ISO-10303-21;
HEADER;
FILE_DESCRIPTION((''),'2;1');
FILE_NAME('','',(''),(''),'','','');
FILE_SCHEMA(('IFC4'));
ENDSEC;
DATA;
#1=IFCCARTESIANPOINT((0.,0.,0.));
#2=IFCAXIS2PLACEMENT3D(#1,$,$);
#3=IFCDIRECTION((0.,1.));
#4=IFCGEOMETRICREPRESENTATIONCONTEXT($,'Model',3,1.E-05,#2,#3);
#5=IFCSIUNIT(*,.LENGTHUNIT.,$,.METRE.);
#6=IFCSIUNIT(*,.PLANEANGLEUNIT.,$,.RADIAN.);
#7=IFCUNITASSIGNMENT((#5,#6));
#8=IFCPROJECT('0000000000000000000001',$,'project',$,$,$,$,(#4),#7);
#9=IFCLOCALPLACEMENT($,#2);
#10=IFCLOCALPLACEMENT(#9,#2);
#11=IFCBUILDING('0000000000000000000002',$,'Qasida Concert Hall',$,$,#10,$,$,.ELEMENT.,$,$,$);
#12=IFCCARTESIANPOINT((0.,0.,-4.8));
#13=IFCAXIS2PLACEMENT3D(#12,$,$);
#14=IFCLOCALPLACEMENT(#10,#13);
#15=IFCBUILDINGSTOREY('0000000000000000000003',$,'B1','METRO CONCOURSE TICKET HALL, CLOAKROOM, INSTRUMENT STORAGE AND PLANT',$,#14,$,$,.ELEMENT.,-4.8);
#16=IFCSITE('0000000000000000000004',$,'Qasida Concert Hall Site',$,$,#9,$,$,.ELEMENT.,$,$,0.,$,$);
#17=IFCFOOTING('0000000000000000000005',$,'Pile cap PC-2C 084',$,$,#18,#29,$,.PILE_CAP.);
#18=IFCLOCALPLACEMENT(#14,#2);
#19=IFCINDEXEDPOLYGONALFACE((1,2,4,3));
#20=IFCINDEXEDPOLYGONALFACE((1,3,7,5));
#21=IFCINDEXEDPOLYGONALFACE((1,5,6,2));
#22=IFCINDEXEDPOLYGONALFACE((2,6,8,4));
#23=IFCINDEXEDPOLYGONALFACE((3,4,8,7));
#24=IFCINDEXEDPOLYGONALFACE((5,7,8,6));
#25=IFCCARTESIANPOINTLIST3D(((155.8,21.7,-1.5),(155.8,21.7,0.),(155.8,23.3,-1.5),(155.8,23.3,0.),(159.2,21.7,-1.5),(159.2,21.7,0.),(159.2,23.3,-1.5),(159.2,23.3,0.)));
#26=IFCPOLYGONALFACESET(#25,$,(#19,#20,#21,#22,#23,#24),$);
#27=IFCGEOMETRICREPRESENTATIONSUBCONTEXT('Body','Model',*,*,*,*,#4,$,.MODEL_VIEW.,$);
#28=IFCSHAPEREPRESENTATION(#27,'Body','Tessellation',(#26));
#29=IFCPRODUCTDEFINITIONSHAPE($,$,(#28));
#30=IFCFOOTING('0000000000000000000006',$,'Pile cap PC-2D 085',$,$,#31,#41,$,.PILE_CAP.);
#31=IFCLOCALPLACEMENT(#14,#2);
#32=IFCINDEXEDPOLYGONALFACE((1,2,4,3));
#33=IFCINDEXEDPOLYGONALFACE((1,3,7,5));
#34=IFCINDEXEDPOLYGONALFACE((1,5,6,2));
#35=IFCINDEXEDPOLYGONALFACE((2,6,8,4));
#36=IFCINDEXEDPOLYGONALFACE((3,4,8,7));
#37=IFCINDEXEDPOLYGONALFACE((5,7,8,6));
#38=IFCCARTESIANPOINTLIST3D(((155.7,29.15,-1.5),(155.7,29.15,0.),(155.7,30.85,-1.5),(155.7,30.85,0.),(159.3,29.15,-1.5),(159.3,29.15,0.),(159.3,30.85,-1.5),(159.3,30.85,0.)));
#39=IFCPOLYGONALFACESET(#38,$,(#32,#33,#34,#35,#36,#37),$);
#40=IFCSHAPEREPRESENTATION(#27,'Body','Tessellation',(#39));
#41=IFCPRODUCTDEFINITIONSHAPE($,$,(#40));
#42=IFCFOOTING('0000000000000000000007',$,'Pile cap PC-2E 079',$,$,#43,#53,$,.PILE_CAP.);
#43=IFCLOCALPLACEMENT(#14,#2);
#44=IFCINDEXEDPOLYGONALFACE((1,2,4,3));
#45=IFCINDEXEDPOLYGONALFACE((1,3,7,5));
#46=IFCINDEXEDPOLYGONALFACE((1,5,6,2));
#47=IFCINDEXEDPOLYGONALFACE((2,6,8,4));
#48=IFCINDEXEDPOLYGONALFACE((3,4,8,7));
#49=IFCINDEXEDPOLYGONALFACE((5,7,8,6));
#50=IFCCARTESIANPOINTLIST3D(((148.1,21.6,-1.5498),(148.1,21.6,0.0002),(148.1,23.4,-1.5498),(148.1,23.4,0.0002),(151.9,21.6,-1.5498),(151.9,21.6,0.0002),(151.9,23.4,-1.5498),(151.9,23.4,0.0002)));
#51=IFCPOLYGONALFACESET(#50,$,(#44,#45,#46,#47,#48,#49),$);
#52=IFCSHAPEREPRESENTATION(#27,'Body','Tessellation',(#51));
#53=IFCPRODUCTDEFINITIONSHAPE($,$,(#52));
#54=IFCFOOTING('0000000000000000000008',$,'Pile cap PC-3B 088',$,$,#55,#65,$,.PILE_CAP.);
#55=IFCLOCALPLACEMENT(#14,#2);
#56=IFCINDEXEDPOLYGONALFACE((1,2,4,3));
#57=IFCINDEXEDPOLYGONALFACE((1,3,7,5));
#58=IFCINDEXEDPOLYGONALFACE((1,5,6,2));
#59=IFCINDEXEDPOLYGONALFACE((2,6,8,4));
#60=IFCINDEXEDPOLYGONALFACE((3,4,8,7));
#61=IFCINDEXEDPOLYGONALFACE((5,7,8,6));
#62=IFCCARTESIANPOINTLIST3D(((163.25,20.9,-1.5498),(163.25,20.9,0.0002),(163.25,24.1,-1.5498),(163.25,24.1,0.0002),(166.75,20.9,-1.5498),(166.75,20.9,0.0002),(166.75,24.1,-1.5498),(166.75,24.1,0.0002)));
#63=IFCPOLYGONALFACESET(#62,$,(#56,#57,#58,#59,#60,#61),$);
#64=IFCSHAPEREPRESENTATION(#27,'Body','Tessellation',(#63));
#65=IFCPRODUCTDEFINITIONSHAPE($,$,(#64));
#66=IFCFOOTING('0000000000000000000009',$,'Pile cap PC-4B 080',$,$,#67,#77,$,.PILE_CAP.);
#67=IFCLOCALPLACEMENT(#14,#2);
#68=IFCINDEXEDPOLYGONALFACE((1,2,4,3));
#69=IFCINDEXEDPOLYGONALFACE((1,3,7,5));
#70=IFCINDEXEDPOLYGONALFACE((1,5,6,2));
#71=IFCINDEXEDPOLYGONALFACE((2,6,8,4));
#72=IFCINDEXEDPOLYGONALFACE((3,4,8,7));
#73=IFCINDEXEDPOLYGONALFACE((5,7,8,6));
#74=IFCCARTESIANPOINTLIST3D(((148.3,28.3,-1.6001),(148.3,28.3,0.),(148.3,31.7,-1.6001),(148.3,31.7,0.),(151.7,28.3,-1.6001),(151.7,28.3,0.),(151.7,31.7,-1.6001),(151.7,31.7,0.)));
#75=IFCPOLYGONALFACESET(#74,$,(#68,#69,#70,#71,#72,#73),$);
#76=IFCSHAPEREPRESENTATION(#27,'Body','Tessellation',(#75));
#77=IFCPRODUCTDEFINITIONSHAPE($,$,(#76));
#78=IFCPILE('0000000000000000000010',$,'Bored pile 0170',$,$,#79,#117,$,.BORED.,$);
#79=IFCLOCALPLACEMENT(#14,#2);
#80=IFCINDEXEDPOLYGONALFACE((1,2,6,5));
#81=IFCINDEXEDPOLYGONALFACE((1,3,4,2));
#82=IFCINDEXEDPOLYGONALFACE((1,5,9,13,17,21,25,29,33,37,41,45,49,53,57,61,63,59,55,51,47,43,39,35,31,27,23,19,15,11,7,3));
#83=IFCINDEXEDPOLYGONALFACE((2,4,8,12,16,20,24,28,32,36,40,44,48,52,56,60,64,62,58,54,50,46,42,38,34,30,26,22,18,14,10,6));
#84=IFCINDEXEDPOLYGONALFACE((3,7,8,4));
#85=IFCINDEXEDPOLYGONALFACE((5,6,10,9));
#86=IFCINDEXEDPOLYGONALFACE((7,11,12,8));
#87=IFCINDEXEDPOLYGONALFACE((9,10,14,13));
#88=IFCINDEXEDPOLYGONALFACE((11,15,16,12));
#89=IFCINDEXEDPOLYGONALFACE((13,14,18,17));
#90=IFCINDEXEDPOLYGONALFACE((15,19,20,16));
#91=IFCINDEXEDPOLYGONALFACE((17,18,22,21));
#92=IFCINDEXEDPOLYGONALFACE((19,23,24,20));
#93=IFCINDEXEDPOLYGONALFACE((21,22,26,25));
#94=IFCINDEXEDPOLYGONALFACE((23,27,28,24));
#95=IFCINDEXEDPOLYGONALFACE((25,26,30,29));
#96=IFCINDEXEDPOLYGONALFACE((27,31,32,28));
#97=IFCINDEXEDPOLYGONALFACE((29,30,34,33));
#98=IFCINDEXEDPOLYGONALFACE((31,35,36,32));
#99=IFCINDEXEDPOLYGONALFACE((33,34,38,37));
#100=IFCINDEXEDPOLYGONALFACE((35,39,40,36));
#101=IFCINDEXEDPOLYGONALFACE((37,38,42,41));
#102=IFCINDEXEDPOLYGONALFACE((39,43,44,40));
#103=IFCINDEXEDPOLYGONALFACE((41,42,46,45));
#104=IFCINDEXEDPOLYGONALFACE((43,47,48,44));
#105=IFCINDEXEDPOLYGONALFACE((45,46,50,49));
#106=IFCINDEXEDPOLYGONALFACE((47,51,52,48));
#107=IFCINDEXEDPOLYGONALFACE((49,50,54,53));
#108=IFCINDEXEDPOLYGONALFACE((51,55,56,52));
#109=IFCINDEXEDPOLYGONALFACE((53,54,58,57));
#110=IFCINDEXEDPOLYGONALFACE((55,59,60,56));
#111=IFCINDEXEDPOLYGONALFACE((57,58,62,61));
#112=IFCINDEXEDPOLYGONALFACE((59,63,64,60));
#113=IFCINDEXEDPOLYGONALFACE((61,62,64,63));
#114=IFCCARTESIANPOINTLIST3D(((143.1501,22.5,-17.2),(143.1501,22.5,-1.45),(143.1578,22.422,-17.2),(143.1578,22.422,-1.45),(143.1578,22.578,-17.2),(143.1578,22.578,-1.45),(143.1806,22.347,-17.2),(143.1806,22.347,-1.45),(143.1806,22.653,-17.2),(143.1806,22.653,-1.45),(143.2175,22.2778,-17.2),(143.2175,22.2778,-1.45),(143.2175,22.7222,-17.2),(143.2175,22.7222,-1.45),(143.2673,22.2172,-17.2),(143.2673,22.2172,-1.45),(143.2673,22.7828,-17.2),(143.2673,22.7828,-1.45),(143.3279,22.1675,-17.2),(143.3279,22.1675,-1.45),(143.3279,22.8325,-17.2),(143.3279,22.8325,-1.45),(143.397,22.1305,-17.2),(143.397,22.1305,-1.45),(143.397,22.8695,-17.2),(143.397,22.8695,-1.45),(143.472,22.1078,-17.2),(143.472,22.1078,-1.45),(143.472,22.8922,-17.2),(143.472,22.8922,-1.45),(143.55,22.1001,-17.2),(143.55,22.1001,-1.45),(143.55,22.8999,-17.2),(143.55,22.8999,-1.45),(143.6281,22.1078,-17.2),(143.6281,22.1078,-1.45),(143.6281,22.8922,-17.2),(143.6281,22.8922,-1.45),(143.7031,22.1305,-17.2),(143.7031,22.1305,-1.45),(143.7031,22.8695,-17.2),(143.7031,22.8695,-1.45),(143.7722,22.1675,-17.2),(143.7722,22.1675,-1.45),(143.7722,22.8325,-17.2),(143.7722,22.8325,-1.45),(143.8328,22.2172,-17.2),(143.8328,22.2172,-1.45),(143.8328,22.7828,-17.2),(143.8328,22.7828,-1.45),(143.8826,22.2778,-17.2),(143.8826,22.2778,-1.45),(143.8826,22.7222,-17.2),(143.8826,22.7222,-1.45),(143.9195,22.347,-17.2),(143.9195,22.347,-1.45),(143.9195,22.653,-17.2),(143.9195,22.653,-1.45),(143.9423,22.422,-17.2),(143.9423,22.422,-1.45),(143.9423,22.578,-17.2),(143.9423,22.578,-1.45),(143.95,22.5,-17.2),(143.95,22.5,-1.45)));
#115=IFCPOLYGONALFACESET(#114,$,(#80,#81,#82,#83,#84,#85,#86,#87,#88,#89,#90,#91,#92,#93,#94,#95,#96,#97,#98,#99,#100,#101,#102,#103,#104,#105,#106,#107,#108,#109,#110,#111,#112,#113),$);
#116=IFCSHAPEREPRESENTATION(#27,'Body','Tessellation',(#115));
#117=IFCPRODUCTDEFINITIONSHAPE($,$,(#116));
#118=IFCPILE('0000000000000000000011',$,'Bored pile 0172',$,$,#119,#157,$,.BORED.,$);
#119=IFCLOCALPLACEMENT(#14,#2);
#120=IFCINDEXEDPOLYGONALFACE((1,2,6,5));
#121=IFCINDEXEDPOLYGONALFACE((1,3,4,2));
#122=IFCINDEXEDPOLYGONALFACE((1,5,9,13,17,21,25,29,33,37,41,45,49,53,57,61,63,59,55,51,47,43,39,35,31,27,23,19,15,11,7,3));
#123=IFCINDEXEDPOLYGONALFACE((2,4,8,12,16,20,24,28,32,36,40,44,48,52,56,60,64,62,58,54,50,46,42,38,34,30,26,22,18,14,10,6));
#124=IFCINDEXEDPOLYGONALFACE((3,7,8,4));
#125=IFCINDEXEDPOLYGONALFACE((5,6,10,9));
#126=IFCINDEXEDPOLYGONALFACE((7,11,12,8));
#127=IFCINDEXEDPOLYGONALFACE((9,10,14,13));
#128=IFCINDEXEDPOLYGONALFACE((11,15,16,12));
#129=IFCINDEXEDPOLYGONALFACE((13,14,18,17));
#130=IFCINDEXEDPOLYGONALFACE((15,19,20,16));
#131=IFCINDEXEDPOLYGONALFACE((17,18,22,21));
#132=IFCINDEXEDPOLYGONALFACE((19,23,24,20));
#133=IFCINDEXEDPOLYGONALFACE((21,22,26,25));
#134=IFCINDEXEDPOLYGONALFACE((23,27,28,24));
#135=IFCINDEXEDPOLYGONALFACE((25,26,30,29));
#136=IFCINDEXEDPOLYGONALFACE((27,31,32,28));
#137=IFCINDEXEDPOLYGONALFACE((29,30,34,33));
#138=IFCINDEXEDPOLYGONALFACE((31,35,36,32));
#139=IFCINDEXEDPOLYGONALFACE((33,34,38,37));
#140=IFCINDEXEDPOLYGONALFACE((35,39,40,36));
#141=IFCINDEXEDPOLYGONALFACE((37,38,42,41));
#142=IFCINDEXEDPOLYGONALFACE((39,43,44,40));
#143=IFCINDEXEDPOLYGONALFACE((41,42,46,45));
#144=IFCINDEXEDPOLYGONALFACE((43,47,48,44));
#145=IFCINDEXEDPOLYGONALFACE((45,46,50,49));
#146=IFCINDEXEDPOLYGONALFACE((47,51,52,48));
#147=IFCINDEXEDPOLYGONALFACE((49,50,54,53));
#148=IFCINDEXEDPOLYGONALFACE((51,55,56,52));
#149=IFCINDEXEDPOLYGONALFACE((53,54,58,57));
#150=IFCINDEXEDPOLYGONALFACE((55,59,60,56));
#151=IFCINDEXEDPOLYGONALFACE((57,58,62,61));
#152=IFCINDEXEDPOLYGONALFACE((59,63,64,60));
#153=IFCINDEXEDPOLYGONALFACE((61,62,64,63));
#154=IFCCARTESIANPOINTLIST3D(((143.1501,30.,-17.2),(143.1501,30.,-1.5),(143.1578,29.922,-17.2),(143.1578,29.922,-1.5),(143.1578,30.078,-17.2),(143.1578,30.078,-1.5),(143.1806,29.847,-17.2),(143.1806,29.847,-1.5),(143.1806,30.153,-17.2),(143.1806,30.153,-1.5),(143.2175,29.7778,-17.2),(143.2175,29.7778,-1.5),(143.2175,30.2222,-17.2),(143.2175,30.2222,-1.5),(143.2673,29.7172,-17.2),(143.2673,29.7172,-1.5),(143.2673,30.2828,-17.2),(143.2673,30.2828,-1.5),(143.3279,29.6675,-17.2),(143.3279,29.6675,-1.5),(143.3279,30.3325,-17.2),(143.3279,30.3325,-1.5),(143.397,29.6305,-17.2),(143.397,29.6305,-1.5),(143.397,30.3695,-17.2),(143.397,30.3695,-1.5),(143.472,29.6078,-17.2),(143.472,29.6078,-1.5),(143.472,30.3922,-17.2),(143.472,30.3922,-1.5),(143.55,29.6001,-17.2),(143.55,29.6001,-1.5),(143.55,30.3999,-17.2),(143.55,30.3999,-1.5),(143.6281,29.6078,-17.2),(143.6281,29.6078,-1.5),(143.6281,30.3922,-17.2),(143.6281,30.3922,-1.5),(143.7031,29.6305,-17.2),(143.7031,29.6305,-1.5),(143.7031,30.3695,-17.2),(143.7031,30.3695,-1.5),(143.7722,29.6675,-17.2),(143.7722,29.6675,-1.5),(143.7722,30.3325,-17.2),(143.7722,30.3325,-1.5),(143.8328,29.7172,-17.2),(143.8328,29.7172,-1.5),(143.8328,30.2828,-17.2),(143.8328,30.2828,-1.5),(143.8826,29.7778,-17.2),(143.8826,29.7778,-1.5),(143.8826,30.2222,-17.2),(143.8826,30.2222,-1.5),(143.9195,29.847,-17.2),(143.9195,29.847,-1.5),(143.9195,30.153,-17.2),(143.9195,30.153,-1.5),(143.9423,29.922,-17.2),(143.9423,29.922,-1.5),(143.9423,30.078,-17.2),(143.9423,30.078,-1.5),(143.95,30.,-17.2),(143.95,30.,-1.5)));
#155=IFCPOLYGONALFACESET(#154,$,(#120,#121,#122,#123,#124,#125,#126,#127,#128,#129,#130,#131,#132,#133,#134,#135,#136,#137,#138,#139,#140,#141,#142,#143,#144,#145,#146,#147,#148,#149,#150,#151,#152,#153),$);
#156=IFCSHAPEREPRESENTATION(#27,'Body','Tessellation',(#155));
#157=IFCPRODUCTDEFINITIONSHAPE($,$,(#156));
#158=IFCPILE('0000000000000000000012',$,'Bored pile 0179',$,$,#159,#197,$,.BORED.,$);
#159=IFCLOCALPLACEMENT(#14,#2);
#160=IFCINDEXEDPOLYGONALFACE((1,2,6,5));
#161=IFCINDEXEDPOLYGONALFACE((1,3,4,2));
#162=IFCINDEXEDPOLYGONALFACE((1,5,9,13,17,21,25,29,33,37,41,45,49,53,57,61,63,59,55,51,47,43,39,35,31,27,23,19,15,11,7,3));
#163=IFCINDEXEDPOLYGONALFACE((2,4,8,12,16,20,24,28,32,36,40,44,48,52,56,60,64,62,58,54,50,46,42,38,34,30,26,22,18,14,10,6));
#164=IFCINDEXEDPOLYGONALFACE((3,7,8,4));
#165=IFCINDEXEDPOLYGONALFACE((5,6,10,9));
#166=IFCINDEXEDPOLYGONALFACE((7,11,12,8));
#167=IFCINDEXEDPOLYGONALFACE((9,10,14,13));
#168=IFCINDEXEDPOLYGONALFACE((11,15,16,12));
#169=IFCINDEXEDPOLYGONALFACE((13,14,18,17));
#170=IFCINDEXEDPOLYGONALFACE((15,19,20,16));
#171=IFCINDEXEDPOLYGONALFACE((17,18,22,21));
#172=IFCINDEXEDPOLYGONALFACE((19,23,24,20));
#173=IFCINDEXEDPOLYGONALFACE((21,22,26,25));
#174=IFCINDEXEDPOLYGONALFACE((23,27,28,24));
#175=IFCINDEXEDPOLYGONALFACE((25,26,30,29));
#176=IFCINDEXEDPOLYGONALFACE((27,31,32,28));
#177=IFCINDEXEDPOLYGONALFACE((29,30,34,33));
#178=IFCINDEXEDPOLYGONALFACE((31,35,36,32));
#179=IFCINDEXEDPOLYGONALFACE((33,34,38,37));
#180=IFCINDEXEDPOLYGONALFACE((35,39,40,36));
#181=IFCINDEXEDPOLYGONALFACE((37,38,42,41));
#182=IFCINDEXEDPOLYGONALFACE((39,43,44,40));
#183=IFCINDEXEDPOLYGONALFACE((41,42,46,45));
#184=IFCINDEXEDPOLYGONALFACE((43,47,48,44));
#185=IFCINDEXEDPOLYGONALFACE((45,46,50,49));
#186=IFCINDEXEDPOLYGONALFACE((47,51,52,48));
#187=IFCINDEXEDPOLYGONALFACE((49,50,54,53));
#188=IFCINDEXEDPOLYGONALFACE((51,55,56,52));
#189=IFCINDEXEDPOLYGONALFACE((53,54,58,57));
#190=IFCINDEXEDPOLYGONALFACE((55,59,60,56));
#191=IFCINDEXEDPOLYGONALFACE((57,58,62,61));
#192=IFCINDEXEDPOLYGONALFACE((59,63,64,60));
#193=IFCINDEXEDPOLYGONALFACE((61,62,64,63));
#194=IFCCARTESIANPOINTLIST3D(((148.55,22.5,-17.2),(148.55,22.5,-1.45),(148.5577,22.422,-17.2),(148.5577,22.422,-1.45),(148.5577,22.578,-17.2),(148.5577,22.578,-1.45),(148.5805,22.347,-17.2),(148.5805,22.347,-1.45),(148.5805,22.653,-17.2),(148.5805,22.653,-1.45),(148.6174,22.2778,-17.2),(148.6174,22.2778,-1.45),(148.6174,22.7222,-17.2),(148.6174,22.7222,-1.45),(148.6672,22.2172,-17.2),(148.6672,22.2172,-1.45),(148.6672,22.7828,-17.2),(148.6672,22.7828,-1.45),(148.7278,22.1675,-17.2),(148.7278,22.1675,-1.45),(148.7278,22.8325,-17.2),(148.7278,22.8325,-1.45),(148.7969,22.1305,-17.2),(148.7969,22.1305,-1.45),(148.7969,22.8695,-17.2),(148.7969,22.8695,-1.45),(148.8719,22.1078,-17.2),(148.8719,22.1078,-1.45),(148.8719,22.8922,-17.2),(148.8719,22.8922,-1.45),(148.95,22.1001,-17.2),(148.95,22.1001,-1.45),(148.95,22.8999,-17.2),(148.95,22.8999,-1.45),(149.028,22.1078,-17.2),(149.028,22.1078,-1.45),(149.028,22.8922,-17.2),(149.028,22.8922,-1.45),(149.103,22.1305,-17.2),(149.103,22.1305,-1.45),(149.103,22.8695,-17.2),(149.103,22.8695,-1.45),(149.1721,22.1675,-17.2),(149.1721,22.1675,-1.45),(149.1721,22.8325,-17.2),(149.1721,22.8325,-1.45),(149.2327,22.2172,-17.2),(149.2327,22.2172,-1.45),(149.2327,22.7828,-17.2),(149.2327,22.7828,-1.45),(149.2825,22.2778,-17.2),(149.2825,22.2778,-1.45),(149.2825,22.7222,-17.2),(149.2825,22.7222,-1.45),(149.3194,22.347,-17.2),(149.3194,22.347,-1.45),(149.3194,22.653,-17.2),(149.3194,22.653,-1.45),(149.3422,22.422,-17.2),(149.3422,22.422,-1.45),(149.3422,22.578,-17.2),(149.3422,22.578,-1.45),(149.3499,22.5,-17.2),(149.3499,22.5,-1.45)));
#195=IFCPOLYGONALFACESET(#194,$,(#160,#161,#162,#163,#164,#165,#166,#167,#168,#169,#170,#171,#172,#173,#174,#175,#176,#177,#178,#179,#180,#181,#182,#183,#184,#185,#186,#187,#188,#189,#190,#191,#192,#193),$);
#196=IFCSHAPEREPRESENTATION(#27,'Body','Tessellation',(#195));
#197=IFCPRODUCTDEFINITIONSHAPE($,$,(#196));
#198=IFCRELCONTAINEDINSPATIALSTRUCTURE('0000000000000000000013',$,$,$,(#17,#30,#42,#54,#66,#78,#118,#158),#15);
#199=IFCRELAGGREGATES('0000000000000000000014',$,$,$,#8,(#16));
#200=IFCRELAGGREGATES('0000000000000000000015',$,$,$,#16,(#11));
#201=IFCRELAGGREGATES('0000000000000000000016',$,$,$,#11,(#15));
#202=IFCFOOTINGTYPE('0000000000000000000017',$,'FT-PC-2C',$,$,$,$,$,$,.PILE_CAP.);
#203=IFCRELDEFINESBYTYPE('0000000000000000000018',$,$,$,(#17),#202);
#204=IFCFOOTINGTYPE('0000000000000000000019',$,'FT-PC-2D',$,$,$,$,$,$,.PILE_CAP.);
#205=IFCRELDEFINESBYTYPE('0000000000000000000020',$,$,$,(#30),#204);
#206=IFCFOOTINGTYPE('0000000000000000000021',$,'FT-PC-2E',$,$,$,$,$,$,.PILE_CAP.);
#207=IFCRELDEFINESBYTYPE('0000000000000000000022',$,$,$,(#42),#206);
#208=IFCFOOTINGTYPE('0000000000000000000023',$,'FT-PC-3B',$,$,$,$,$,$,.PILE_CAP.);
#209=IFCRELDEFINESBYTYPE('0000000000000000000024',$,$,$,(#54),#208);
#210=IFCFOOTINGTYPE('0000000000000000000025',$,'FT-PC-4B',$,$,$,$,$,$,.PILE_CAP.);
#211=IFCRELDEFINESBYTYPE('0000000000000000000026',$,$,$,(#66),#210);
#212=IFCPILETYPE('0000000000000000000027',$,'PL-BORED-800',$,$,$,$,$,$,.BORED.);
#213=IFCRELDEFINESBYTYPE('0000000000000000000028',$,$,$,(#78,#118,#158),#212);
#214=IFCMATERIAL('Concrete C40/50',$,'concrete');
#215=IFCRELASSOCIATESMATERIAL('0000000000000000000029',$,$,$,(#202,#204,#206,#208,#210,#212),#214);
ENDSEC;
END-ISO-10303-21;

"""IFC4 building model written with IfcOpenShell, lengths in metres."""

from ifc_helpers import new_model, si_unit, direction, frame, origin, origin_2d, place, context, subcontext, project, spatial, rectangle, circle, extrude, material, material_profile, profile_set, type_object, element, save


model = new_model("IFC4")

# Units and contexts
model_context = context("Model", 3, precision=1e-05, world=origin(), true_north=direction((0.0, 1.0)))
body_context = subcontext(model_context, "Body", "Model", "MODEL_VIEW")
ifc_project = project(units=[si_unit("LENGTHUNIT", "METRE"), si_unit("PLANEANGLEUNIT", "RADIAN")], contexts=[model_context])

# Site, building, storey
site_placement = place(None, origin())
site = spatial("IfcSite", under=ifc_project, at=site_placement, Name="Qasida Concert Hall Site", CompositionType="ELEMENT", RefElevation=0.0)
building_placement = place(site_placement, origin())
building = spatial("IfcBuilding", under=site, at=building_placement, Name="Qasida Concert Hall", CompositionType="ELEMENT")
storey_placement = place(building_placement, frame((0.0, 0.0, -4.8)))
storey = spatial("IfcBuildingStorey", under=building, at=storey_placement, Name="B1", Description="METRO CONCOURSE TICKET HALL, CLOAKROOM, INSTRUMENT STORAGE AND PLANT", CompositionType="ELEMENT", Elevation=-4.8)

# Footings
ifc_material_1 = material(Name="Concrete C40/50", Category="concrete")
footing_type_1 = type_object("IfcFootingType", Name="FT-PC-2C", PredefinedType="PILE_CAP", material=ifc_material_1)
footing_1_placement = place(storey_placement, frame((157.5, 22.5, -1.5), z_axis=(0.0, 0.0, 1.0), x_axis=(1.0, 0.0, 0.0)))
element("IfcFooting", 1, at=footing_1_placement, inside=storey, type_object=footing_type_1, Name="Pile cap PC-2C 084", PredefinedType="PILE_CAP", context=body_context, shape_type="SweptSolid", body=[
    extrude(rectangle(XDim=3.3999, YDim=1.6001, at=origin_2d()), origin(), (0.0, 0.0, 1.0), 1.5),
])
footing_type_2 = type_object("IfcFootingType", Name="FT-PC-2D", PredefinedType="PILE_CAP", material=ifc_material_1)
footing_2_placement = place(storey_placement, frame((157.5, 30.0, -1.5), z_axis=(0.0, 0.0, 1.0), x_axis=(1.0, 0.0, 0.0)))
element("IfcFooting", 2, at=footing_2_placement, inside=storey, type_object=footing_type_2, Name="Pile cap PC-2D 085", PredefinedType="PILE_CAP", context=body_context, shape_type="SweptSolid", body=[
    extrude(rectangle(XDim=3.6001, YDim=1.7, at=origin_2d()), origin(), (0.0, 0.0, 1.0), 1.5),
])
footing_type_3 = type_object("IfcFootingType", Name="FT-PC-2E", PredefinedType="PILE_CAP", material=ifc_material_1)
footing_3_placement = place(storey_placement, frame((150.0, 22.5, -1.5498), z_axis=(0.0, 0.0, 1.0), x_axis=(1.0, 0.0, 0.0)))
element("IfcFooting", 3, at=footing_3_placement, inside=storey, type_object=footing_type_3, Name="Pile cap PC-2E 079", PredefinedType="PILE_CAP", context=body_context, shape_type="SweptSolid", body=[
    extrude(rectangle(XDim=3.8, YDim=1.8, at=origin_2d()), origin(), (0.0, 0.0, 1.0), 1.55),
])
footing_type_4 = type_object("IfcFootingType", Name="FT-PC-3B", PredefinedType="PILE_CAP", material=ifc_material_1)
footing_4_placement = place(storey_placement, frame((165.0, 22.5, -1.5498), z_axis=(0.0, 0.0, 1.0), x_axis=(1.0, 0.0, 0.0)))
element("IfcFooting", 4, at=footing_4_placement, inside=storey, type_object=footing_type_4, Name="Pile cap PC-3B 088", PredefinedType="PILE_CAP", context=body_context, shape_type="SweptSolid", body=[
    extrude(rectangle(XDim=3.5, YDim=3.2, at=origin_2d()), origin(), (0.0, 0.0, 1.0), 1.55),
])
footing_type_5 = type_object("IfcFootingType", Name="FT-PC-4B", PredefinedType="PILE_CAP", material=ifc_material_1)
footing_5_placement = place(storey_placement, frame((150.0, 30.0, -1.6001), z_axis=(0.0, 0.0, 1.0), x_axis=(1.0, 0.0, 0.0)))
element("IfcFooting", 5, at=footing_5_placement, inside=storey, type_object=footing_type_5, Name="Pile cap PC-4B 080", PredefinedType="PILE_CAP", context=body_context, shape_type="SweptSolid", body=[
    extrude(rectangle(XDim=3.3999, YDim=3.3999, at=origin_2d()), origin(), (0.0, 0.0, 1.0), 1.6001),
])

# Piles
ifc_material_profile_1 = material_profile(ifc_material_1, circle(Radius=0.3999, at=origin_2d()), Name="BORED PILE D800")
ifc_profile_set_1 = profile_set([ifc_material_profile_1], Name="Concrete C40/50")
pile_type = type_object("IfcPileType", Name="PL-BORED-800", PredefinedType="BORED", material=ifc_profile_set_1)
pile_1_placement = place(storey_placement, frame((143.55, 22.5, -1.45), z_axis=(0.0, 0.0, -1.0), x_axis=(1.0, 0.0, 0.0)))
element("IfcPile", 6, at=pile_1_placement, inside=storey, type_object=pile_type, Name="Bored pile 0170", PredefinedType="BORED", context=body_context, shape_type="SweptSolid", body=[
    extrude(circle(Radius=0.3999, at=origin_2d()), origin(), (0.0, 0.0, 1.0), 15.75),
])
pile_2_placement = place(storey_placement, frame((143.55, 30.0, -1.5), z_axis=(0.0, 0.0, -1.0), x_axis=(1.0, 0.0, 0.0)))
element("IfcPile", 7, at=pile_2_placement, inside=storey, type_object=pile_type, Name="Bored pile 0172", PredefinedType="BORED", context=body_context, shape_type="SweptSolid", body=[
    extrude(circle(Radius=0.3999, at=origin_2d()), origin(), (0.0, 0.0, 1.0), 15.7),
])
for number, where, z_axis, x_axis, name in (
    (8, (148.95, 22.5, -1.45), (0.0, 0.0, -1.0), (1.0, 0.0, 0.0), "Bored pile 0179"),
):
    element("IfcPile", number, at=place(storey_placement, frame(where, z_axis=z_axis, x_axis=x_axis)), inside=storey, type_object=pile_type, Name=name, PredefinedType="BORED", context=body_context, shape_type="SweptSolid", body=[
        extrude(circle(Radius=0.3999, at=origin_2d()), origin(), (0.0, 0.0, 1.0), 15.75),
    ])

save(model, "model.ifc")
